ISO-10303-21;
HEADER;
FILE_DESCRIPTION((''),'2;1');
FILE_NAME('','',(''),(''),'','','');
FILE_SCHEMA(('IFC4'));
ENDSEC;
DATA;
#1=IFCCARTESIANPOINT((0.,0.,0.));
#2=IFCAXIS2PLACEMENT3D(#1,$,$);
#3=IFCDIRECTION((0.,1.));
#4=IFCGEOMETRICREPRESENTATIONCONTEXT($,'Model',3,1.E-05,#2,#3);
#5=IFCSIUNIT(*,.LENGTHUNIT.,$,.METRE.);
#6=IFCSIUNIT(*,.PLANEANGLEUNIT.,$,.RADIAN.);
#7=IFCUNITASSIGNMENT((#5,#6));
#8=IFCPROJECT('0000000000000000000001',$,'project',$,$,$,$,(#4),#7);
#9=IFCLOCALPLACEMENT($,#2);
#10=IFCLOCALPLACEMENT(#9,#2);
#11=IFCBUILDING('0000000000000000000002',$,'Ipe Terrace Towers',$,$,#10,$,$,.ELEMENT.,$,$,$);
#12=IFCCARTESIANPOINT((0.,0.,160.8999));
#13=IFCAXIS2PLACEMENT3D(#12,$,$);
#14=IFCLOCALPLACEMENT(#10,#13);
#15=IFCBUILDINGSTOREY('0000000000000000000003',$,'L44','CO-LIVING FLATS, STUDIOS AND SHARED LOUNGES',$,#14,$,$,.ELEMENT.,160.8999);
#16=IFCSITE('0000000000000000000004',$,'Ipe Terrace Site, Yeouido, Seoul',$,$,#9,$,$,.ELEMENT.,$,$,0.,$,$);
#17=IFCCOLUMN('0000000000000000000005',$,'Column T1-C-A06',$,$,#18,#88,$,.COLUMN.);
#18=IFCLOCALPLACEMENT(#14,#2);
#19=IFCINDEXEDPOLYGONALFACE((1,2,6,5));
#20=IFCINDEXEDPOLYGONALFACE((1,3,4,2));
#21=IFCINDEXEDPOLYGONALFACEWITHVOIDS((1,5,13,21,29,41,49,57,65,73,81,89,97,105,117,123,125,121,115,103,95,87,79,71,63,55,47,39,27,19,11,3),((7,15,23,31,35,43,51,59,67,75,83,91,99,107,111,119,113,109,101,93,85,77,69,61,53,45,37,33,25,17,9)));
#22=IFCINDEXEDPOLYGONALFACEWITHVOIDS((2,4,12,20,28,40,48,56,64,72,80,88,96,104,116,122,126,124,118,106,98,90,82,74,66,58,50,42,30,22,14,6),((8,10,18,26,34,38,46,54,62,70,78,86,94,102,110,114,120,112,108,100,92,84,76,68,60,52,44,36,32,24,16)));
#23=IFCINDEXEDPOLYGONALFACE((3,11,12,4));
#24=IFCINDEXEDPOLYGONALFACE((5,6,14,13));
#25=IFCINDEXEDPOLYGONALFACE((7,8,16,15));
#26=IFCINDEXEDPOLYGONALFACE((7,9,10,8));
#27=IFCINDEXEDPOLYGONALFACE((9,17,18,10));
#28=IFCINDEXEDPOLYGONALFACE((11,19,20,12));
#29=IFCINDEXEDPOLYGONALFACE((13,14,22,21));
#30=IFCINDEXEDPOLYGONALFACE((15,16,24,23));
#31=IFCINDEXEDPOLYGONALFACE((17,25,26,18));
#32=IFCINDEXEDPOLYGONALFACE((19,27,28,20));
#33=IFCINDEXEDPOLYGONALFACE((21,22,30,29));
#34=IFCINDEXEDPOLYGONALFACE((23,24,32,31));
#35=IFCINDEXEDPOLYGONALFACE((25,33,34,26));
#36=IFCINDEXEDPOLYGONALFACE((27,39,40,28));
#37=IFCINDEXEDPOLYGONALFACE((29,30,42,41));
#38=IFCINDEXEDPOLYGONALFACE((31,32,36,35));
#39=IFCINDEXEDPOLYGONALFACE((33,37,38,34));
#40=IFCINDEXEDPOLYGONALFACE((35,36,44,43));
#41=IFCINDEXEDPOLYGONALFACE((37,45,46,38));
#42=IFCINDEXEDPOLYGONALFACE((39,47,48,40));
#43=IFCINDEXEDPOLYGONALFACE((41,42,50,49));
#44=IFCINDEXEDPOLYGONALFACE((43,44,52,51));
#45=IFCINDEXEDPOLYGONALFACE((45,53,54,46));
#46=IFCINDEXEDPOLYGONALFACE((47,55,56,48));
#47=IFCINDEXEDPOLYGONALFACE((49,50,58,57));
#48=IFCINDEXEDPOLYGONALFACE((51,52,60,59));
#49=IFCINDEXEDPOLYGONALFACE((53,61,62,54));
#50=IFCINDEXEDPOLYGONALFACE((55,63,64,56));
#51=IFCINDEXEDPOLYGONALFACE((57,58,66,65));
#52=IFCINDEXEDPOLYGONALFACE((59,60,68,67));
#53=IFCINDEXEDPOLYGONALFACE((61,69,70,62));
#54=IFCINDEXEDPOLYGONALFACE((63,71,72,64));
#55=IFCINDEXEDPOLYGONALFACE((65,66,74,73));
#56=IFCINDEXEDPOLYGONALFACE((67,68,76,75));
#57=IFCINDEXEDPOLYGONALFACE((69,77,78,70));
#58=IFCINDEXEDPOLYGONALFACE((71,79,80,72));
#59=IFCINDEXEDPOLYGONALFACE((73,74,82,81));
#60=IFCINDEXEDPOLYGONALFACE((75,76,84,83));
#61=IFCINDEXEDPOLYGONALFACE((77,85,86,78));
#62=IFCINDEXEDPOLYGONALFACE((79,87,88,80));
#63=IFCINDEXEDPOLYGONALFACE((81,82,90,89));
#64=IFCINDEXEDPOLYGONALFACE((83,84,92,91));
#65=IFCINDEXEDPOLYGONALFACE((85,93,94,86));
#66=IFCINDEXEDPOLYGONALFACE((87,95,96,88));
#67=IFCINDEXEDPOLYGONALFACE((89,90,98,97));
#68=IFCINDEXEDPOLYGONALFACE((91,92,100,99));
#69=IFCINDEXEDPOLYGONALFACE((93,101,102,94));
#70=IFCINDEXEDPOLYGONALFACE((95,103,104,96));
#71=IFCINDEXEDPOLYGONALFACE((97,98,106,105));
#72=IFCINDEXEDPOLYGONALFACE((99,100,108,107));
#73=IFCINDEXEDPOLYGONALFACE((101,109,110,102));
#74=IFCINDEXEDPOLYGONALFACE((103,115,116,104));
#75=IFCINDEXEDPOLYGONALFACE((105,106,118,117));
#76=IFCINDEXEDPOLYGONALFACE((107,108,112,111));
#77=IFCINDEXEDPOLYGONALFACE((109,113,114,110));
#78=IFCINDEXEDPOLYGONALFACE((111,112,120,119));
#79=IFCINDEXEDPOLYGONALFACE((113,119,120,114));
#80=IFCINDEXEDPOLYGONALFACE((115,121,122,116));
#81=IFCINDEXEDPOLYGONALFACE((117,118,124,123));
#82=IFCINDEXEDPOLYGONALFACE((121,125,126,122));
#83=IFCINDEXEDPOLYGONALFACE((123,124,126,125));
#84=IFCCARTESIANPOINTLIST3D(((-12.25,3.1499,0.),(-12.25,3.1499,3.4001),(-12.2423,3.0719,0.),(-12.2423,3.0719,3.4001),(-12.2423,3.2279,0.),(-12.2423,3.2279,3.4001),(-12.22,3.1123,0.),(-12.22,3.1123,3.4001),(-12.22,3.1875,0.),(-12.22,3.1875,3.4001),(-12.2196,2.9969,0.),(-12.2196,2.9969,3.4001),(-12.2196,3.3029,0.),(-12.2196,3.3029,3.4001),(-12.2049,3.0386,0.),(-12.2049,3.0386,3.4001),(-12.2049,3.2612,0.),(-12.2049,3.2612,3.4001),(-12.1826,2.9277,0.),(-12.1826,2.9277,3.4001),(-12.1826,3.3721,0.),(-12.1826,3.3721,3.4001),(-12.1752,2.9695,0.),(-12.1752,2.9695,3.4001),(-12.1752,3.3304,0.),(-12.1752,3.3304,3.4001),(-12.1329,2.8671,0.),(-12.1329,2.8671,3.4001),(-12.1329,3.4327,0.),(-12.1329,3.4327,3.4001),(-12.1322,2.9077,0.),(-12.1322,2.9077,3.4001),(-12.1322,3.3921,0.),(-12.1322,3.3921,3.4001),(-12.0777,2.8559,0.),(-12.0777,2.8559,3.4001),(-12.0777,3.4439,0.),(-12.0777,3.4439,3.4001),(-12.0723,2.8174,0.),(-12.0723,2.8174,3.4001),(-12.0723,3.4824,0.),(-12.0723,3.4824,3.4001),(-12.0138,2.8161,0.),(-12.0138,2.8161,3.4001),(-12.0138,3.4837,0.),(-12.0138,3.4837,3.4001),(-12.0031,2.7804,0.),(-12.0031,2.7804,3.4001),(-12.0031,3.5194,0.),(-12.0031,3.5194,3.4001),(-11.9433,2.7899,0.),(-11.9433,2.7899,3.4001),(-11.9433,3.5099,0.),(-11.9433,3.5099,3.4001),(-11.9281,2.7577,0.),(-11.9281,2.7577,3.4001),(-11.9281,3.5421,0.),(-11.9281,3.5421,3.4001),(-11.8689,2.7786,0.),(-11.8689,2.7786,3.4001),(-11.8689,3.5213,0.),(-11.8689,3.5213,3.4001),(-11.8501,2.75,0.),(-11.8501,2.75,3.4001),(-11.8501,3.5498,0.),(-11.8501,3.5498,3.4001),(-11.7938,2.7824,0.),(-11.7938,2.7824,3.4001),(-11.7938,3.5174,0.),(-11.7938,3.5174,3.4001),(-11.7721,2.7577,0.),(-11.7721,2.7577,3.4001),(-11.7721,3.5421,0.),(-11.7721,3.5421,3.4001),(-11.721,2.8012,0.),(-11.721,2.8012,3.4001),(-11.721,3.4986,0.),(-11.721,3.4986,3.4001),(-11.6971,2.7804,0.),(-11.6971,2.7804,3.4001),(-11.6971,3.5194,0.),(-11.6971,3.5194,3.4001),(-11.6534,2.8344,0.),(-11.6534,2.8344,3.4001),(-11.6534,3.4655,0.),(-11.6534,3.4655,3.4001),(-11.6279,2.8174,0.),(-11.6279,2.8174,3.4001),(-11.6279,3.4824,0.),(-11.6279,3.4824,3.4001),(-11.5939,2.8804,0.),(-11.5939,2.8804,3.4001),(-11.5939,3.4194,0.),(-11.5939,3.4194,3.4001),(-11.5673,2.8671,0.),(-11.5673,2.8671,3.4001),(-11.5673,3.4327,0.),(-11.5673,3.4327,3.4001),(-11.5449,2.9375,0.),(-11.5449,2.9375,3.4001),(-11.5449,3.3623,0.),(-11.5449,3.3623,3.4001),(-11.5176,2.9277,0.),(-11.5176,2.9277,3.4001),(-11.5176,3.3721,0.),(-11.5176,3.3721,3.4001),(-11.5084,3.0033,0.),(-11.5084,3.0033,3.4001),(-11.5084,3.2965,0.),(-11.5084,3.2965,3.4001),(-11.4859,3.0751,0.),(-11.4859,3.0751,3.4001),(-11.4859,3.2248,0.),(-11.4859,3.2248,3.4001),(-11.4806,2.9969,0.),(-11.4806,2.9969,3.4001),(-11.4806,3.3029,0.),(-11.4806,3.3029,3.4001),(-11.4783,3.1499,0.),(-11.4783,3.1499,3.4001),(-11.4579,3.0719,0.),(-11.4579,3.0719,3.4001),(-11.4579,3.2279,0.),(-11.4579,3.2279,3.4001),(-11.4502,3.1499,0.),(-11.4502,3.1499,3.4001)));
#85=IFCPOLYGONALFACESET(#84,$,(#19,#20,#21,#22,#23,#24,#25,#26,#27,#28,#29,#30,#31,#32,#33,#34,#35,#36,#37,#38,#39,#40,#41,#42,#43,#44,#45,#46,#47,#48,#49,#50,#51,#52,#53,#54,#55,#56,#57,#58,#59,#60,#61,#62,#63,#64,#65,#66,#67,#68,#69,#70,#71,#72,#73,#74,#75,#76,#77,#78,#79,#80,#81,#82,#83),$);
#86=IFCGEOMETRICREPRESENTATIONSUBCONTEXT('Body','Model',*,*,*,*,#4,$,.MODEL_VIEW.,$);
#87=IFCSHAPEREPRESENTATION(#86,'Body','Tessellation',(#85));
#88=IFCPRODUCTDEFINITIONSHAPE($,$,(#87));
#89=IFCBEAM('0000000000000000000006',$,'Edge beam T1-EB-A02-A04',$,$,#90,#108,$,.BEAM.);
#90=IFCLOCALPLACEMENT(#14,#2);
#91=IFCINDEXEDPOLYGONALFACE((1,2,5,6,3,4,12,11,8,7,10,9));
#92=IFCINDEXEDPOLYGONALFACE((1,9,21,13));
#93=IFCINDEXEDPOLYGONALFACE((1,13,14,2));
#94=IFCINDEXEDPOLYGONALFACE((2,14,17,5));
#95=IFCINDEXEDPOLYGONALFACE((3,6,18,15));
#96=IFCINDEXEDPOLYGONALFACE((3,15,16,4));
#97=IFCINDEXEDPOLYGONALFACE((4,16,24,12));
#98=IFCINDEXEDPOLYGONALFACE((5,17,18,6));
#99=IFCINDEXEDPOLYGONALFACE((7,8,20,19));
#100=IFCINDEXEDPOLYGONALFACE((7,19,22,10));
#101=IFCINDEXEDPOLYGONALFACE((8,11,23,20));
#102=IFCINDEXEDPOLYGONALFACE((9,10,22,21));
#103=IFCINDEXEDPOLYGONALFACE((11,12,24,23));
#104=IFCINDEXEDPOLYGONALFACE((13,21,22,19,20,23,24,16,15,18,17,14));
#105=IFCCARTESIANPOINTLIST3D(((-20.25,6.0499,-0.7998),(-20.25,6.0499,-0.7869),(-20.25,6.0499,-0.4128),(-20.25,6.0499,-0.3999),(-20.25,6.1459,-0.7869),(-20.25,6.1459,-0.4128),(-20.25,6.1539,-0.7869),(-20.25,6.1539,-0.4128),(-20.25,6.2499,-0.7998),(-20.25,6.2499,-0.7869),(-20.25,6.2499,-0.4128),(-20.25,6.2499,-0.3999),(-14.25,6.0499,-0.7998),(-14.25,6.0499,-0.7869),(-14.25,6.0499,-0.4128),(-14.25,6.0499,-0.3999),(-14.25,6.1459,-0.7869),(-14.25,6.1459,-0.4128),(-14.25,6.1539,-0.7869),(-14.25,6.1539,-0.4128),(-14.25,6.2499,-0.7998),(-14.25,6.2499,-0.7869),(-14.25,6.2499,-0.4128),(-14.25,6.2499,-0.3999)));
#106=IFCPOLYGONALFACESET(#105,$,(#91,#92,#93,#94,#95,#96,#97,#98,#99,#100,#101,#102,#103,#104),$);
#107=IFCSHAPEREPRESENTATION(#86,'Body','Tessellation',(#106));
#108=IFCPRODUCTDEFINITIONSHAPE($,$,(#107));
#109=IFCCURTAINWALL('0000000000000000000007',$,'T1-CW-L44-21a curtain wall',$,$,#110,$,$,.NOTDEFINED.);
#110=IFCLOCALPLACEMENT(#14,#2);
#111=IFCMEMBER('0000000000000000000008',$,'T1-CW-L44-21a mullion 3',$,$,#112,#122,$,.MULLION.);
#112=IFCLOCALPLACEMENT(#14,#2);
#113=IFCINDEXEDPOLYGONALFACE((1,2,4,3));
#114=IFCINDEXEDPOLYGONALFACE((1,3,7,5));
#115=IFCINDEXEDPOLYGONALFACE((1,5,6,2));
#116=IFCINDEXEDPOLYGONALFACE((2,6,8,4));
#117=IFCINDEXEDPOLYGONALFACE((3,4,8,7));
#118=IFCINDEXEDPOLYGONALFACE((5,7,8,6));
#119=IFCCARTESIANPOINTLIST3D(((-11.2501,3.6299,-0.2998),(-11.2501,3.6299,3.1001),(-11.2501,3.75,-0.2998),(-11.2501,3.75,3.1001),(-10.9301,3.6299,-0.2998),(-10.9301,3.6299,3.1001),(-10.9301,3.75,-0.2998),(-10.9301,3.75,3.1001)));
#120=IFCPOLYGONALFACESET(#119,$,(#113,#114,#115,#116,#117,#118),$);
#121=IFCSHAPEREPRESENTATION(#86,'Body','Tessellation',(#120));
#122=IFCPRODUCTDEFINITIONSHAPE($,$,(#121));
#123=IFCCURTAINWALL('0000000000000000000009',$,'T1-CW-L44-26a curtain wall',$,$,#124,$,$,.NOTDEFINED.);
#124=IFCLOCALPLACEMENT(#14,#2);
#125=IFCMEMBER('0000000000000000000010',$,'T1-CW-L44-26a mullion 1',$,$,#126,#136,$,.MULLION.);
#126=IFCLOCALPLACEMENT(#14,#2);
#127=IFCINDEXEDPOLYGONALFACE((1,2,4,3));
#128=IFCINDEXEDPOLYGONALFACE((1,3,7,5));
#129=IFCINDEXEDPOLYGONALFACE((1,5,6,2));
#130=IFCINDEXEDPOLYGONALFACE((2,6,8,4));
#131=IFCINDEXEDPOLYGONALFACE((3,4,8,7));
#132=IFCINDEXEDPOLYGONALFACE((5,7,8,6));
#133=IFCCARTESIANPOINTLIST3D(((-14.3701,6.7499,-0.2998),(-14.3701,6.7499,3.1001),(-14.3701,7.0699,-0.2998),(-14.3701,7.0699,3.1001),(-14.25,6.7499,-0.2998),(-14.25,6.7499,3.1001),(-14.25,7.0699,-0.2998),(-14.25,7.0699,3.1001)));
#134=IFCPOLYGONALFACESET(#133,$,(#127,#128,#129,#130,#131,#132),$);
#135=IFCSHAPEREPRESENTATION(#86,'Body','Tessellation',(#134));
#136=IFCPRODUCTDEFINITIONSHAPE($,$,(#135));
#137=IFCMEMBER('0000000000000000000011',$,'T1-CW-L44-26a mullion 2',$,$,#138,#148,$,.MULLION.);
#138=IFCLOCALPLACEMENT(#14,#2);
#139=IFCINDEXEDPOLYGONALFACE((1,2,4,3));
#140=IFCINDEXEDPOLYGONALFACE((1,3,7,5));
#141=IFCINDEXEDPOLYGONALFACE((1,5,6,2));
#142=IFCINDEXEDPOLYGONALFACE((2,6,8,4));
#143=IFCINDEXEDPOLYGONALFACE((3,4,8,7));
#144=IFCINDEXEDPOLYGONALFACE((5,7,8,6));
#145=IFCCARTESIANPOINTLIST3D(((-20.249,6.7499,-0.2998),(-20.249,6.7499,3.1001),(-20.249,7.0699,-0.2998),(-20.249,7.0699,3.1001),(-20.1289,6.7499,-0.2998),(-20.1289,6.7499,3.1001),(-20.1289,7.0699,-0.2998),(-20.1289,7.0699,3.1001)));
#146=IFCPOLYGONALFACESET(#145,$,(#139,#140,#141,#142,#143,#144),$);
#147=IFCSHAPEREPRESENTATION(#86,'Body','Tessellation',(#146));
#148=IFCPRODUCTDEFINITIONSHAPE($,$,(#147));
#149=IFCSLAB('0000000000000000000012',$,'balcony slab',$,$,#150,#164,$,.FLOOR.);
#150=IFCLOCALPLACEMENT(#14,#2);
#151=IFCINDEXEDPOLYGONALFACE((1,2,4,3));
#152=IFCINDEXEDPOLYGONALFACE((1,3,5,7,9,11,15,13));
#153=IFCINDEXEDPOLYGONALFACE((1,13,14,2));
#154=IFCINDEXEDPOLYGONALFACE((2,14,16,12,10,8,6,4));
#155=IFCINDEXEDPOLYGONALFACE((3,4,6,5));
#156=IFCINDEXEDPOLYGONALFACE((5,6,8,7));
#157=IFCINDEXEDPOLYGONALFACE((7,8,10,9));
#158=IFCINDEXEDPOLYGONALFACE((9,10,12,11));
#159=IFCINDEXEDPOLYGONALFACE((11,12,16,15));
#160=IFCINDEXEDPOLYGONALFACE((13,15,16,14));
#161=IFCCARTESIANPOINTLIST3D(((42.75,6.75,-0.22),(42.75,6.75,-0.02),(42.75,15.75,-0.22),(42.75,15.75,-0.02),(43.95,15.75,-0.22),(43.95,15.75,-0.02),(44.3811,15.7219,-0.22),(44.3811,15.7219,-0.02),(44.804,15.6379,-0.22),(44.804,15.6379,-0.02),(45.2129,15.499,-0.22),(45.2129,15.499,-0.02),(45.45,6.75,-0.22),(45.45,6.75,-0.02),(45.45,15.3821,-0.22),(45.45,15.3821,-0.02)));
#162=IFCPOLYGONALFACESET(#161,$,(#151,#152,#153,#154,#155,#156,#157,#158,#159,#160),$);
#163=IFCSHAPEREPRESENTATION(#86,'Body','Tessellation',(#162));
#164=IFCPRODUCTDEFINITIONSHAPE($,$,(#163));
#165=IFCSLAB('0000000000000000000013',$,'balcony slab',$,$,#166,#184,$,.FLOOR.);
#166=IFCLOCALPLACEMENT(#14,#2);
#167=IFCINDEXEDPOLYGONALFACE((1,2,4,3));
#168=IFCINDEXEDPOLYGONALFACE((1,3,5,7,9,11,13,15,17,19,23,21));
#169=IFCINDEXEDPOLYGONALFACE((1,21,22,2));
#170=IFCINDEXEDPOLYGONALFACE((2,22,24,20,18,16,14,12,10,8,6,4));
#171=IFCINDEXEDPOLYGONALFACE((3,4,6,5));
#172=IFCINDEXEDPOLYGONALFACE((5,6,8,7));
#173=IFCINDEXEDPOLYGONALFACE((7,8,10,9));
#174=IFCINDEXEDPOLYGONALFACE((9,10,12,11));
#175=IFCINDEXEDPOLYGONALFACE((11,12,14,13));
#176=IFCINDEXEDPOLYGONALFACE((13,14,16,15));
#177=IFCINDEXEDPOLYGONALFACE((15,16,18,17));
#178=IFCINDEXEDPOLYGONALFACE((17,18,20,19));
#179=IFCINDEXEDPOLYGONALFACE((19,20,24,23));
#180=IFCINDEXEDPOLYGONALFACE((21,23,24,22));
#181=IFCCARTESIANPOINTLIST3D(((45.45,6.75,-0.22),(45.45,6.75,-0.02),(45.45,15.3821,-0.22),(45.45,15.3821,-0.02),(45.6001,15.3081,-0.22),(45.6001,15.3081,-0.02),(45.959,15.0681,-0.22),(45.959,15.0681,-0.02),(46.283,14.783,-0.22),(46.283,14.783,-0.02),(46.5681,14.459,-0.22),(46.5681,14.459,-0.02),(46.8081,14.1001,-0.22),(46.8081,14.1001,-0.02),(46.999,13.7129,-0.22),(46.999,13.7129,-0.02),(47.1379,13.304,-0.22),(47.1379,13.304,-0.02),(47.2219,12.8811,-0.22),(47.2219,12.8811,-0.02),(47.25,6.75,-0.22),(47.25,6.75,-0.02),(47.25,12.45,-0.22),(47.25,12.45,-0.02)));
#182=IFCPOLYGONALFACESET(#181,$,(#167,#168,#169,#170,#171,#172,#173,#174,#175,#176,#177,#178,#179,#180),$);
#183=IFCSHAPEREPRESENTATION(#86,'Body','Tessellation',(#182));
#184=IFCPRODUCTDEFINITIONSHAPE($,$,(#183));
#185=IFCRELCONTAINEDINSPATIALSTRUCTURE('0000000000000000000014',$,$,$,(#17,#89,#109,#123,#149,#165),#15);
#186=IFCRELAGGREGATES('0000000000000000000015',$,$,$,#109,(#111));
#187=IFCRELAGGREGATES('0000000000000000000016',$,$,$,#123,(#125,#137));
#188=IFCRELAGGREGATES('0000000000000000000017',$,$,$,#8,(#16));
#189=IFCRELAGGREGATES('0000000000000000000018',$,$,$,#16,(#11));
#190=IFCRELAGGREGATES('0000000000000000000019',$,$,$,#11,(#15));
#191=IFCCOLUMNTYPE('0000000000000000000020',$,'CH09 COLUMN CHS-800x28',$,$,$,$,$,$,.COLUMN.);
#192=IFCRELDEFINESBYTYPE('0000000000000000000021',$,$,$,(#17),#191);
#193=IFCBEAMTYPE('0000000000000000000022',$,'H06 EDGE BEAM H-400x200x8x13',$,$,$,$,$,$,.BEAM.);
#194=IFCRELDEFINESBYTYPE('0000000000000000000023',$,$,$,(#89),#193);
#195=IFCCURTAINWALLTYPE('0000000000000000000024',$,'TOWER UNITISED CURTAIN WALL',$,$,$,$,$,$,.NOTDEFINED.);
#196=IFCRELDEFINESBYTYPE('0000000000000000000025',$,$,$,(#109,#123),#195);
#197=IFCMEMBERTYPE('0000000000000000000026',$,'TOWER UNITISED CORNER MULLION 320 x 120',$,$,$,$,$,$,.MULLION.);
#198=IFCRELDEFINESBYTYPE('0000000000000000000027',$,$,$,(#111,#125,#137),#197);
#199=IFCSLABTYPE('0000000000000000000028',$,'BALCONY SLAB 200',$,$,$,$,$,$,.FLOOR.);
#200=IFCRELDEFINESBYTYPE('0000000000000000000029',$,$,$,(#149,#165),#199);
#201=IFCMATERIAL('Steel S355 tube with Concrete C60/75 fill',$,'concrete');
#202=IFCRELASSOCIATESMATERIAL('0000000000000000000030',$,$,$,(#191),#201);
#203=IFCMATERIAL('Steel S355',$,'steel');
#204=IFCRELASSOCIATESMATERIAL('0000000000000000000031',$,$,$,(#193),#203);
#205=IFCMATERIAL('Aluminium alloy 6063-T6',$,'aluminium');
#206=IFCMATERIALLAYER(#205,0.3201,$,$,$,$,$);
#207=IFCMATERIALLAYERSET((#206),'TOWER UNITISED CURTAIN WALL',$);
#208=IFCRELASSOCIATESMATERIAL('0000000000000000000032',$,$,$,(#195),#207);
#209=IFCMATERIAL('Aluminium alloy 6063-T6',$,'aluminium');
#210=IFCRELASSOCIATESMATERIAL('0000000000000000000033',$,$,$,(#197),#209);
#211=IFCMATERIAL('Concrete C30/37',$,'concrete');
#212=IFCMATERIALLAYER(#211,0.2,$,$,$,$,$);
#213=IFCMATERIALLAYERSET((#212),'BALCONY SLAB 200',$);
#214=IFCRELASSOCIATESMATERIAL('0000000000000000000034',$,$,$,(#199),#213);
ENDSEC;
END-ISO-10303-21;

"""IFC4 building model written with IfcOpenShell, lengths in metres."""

from ifc_helpers import new_model, si_unit, direction, frame, origin, origin_2d, place, context, subcontext, project, spatial, polyline, rectangle, hollow_circle, i_section, outline, extrude, material, layer, layer_set, material_profile, profile_set, type_object, element, aggregate, save


model = new_model("IFC4")

# Units and contexts
model_context = context("Model", 3, precision=1e-05, world=origin(), true_north=direction((0.0, 1.0)))
body_context = subcontext(model_context, "Body", "Model", "MODEL_VIEW")
ifc_project = project(units=[si_unit("LENGTHUNIT", "METRE"), si_unit("PLANEANGLEUNIT", "RADIAN")], contexts=[model_context])

# Site, building, storey
site_placement = place(None, origin())
site = spatial("IfcSite", under=ifc_project, at=site_placement, Name="Ipe Terrace Site, Yeouido, Seoul", CompositionType="ELEMENT", RefElevation=0.0)
building_placement = place(site_placement, origin())
building = spatial("IfcBuilding", under=site, at=building_placement, Name="Ipe Terrace Towers", CompositionType="ELEMENT")
storey_placement = place(building_placement, frame((0.0, 0.0, 160.8999)))
storey = spatial("IfcBuildingStorey", under=building, at=storey_placement, Name="L44", Description="CO-LIVING FLATS, STUDIOS AND SHARED LOUNGES", CompositionType="ELEMENT", Elevation=160.8999)

# Column
ifc_material_1 = material(Name="Steel S355 tube with Concrete C60/75 fill", Category="concrete")
ifc_material_profile_1 = material_profile(ifc_material_1, hollow_circle(Radius=0.3999, WallThickness=0.0281, at=origin_2d()), Name="CHS-800x28")
ifc_profile_set_1 = profile_set([ifc_material_profile_1], Name="Steel S355 tube with Concrete C60/75 fill")
column_type = type_object("IfcColumnType", Name="CH09 COLUMN CHS-800x28", PredefinedType="COLUMN", material=ifc_profile_set_1)
for number, where, z_axis, x_axis, name in (
    (1, (-11.8501, 3.1499, 0.0), (0.0, 0.0, 1.0), (1.0, 0.0, 0.0), "Column T1-C-A06"),
):
    element("IfcColumn", number, at=place(storey_placement, frame(where, z_axis=z_axis, x_axis=x_axis)), inside=storey, type_object=column_type, Name=name, PredefinedType="COLUMN", context=body_context, shape_type="SweptSolid", body=[
        extrude(hollow_circle(Radius=0.3999, WallThickness=0.0281, at=origin_2d()), origin(), (0.0, 0.0, 1.0), 3.4001),
    ])

# Beam
ifc_material_2 = material(Name="Steel S355", Category="steel")
ifc_material_profile_2 = material_profile(ifc_material_2, i_section(OverallWidth=0.2, OverallDepth=0.3999, WebThickness=0.0081, FlangeThickness=0.0129, at=origin_2d()), Name="H-400x200x8x13")
ifc_profile_set_2 = profile_set([ifc_material_profile_2], Name="Steel S355")
beam_type = type_object("IfcBeamType", Name="H06 EDGE BEAM H-400x200x8x13", PredefinedType="BEAM", material=ifc_profile_set_2)
beam_placement = place(storey_placement, frame((-20.25, 6.1499, -0.5999), z_axis=(1.0, 0.0, 0.0), x_axis=(0.0, 1.0, 0.0)))
element("IfcBeam", 2, at=beam_placement, inside=storey, type_object=beam_type, Name="Edge beam T1-EB-A02-A04", PredefinedType="BEAM", context=body_context, shape_type="SweptSolid", body=[
    extrude(i_section(OverallWidth=0.2, OverallDepth=0.3999, WebThickness=0.0081, FlangeThickness=0.0129, at=origin_2d()), origin(), (0.0, 0.0, 1.0), 6.0),
])

# Curtain wall, member
ifc_material_3 = material(Name="Aluminium alloy 6063-T6", Category="aluminium")
ifc_layer_1 = layer(ifc_material_3, 0.3201)
ifc_layer_set_1 = layer_set([ifc_layer_1], Name="TOWER UNITISED CURTAIN WALL")
curtain_wall_type = type_object("IfcCurtainWallType", Name="TOWER UNITISED CURTAIN WALL", PredefinedType="NOTDEFINED", material=ifc_layer_set_1)
curtain_wall_1_placement = place(storey_placement, origin())
curtain_wall_1 = element("IfcCurtainWall", 3, at=curtain_wall_1_placement, inside=storey, type_object=curtain_wall_type, Name="T1-CW-L44-21a curtain wall", PredefinedType="NOTDEFINED")
ifc_material_4 = material(Name="Aluminium alloy 6063-T6", Category="aluminium")
ifc_material_profile_3 = material_profile(ifc_material_4, rectangle(XDim=0.3201, YDim=0.1201, at=origin_2d()), Name="TOWER UNITISED CORNER MULLION 320 x 120")
ifc_profile_set_3 = profile_set([ifc_material_profile_3], Name="Aluminium alloy 6063-T6")
member_type = type_object("IfcMemberType", Name="TOWER UNITISED CORNER MULLION 320 x 120", PredefinedType="MULLION", material=ifc_profile_set_3)
member_1_placement = place(storey_placement, frame((-11.0901, 3.6899, -0.2998), z_axis=(0.0, 0.0, 1.0), x_axis=(1.0, 0.0, 0.0)))
member_1 = element("IfcMember", 4, at=member_1_placement, type_object=member_type, Name="T1-CW-L44-21a mullion 3", PredefinedType="MULLION", context=body_context, shape_type="SweptSolid", body=[
    extrude(rectangle(XDim=0.3201, YDim=0.1201, at=origin_2d()), origin(), (0.0, 0.0, 1.0), 3.3999),
])

# Curtain wall, members
curtain_wall_2_placement = place(storey_placement, origin())
curtain_wall_2 = element("IfcCurtainWall", 5, at=curtain_wall_2_placement, inside=storey, type_object=curtain_wall_type, Name="T1-CW-L44-26a curtain wall", PredefinedType="NOTDEFINED")
member_2_placement = place(storey_placement, frame((-14.3101, 6.9099, -0.2998), z_axis=(0.0, 0.0, 1.0), x_axis=(0.0, 1.0, 0.0)))
member_2 = element("IfcMember", 6, at=member_2_placement, type_object=member_type, Name="T1-CW-L44-26a mullion 1", PredefinedType="MULLION", context=body_context, shape_type="SweptSolid", body=[
    extrude(rectangle(XDim=0.3201, YDim=0.1201, at=origin_2d()), origin(), (0.0, 0.0, 1.0), 3.3999),
])
member_3_placement = place(storey_placement, frame((-20.189, 6.9099, -0.2998), z_axis=(0.0, 0.0, 1.0), x_axis=(0.0, 1.0, 0.0)))
member_3 = element("IfcMember", 7, at=member_3_placement, type_object=member_type, Name="T1-CW-L44-26a mullion 2", PredefinedType="MULLION", context=body_context, shape_type="SweptSolid", body=[
    extrude(rectangle(XDim=0.3201, YDim=0.1201, at=origin_2d()), origin(), (0.0, 0.0, 1.0), 3.3999),
])

# Slabs
ifc_material_5 = material(Name="Concrete C30/37", Category="concrete")
ifc_layer_2 = layer(ifc_material_5, 0.2)
ifc_layer_set_2 = layer_set([ifc_layer_2], Name="BALCONY SLAB 200")
slab_type = type_object("IfcSlabType", Name="BALCONY SLAB 200", PredefinedType="FLOOR", material=ifc_layer_set_2)
slab_1_placement = place(storey_placement, frame((0.0, 0.0, -0.22)))
element("IfcSlab", 8, at=slab_1_placement, inside=storey, type_object=slab_type, Name="balcony slab", PredefinedType="FLOOR", context=body_context, shape_type="SweptSolid", body=[
    extrude(outline(polyline([(45.2129, 15.499), (44.804, 15.6379), (44.3811, 15.7219), (43.95, 15.75), (42.75, 15.75), (42.75, 6.75), (45.45, 6.75), (45.45, 15.3821), (45.2129, 15.499)])), origin(), (0.0, 0.0, 1.0), 0.2),
])
slab_2_placement = place(storey_placement, frame((0.0, 0.0, -0.22)))
element("IfcSlab", 9, at=slab_2_placement, inside=storey, type_object=slab_type, Name="balcony slab", PredefinedType="FLOOR", context=body_context, shape_type="SweptSolid", body=[
    extrude(outline(polyline([(47.25, 6.75), (47.25, 12.45), (47.2219, 12.8811), (47.1379, 13.304), (46.999, 13.7129), (46.8081, 14.1001), (46.5681, 14.459), (46.283, 14.783), (45.959, 15.0681), (45.6001, 15.3081), (45.45, 15.3821), (45.45, 6.75), (47.25, 6.75)])), origin(), (0.0, 0.0, 1.0), 0.2),
])

aggregate(curtain_wall_1, [member_1])
aggregate(curtain_wall_2, [member_2, member_3])

save(model, "model.ifc")
